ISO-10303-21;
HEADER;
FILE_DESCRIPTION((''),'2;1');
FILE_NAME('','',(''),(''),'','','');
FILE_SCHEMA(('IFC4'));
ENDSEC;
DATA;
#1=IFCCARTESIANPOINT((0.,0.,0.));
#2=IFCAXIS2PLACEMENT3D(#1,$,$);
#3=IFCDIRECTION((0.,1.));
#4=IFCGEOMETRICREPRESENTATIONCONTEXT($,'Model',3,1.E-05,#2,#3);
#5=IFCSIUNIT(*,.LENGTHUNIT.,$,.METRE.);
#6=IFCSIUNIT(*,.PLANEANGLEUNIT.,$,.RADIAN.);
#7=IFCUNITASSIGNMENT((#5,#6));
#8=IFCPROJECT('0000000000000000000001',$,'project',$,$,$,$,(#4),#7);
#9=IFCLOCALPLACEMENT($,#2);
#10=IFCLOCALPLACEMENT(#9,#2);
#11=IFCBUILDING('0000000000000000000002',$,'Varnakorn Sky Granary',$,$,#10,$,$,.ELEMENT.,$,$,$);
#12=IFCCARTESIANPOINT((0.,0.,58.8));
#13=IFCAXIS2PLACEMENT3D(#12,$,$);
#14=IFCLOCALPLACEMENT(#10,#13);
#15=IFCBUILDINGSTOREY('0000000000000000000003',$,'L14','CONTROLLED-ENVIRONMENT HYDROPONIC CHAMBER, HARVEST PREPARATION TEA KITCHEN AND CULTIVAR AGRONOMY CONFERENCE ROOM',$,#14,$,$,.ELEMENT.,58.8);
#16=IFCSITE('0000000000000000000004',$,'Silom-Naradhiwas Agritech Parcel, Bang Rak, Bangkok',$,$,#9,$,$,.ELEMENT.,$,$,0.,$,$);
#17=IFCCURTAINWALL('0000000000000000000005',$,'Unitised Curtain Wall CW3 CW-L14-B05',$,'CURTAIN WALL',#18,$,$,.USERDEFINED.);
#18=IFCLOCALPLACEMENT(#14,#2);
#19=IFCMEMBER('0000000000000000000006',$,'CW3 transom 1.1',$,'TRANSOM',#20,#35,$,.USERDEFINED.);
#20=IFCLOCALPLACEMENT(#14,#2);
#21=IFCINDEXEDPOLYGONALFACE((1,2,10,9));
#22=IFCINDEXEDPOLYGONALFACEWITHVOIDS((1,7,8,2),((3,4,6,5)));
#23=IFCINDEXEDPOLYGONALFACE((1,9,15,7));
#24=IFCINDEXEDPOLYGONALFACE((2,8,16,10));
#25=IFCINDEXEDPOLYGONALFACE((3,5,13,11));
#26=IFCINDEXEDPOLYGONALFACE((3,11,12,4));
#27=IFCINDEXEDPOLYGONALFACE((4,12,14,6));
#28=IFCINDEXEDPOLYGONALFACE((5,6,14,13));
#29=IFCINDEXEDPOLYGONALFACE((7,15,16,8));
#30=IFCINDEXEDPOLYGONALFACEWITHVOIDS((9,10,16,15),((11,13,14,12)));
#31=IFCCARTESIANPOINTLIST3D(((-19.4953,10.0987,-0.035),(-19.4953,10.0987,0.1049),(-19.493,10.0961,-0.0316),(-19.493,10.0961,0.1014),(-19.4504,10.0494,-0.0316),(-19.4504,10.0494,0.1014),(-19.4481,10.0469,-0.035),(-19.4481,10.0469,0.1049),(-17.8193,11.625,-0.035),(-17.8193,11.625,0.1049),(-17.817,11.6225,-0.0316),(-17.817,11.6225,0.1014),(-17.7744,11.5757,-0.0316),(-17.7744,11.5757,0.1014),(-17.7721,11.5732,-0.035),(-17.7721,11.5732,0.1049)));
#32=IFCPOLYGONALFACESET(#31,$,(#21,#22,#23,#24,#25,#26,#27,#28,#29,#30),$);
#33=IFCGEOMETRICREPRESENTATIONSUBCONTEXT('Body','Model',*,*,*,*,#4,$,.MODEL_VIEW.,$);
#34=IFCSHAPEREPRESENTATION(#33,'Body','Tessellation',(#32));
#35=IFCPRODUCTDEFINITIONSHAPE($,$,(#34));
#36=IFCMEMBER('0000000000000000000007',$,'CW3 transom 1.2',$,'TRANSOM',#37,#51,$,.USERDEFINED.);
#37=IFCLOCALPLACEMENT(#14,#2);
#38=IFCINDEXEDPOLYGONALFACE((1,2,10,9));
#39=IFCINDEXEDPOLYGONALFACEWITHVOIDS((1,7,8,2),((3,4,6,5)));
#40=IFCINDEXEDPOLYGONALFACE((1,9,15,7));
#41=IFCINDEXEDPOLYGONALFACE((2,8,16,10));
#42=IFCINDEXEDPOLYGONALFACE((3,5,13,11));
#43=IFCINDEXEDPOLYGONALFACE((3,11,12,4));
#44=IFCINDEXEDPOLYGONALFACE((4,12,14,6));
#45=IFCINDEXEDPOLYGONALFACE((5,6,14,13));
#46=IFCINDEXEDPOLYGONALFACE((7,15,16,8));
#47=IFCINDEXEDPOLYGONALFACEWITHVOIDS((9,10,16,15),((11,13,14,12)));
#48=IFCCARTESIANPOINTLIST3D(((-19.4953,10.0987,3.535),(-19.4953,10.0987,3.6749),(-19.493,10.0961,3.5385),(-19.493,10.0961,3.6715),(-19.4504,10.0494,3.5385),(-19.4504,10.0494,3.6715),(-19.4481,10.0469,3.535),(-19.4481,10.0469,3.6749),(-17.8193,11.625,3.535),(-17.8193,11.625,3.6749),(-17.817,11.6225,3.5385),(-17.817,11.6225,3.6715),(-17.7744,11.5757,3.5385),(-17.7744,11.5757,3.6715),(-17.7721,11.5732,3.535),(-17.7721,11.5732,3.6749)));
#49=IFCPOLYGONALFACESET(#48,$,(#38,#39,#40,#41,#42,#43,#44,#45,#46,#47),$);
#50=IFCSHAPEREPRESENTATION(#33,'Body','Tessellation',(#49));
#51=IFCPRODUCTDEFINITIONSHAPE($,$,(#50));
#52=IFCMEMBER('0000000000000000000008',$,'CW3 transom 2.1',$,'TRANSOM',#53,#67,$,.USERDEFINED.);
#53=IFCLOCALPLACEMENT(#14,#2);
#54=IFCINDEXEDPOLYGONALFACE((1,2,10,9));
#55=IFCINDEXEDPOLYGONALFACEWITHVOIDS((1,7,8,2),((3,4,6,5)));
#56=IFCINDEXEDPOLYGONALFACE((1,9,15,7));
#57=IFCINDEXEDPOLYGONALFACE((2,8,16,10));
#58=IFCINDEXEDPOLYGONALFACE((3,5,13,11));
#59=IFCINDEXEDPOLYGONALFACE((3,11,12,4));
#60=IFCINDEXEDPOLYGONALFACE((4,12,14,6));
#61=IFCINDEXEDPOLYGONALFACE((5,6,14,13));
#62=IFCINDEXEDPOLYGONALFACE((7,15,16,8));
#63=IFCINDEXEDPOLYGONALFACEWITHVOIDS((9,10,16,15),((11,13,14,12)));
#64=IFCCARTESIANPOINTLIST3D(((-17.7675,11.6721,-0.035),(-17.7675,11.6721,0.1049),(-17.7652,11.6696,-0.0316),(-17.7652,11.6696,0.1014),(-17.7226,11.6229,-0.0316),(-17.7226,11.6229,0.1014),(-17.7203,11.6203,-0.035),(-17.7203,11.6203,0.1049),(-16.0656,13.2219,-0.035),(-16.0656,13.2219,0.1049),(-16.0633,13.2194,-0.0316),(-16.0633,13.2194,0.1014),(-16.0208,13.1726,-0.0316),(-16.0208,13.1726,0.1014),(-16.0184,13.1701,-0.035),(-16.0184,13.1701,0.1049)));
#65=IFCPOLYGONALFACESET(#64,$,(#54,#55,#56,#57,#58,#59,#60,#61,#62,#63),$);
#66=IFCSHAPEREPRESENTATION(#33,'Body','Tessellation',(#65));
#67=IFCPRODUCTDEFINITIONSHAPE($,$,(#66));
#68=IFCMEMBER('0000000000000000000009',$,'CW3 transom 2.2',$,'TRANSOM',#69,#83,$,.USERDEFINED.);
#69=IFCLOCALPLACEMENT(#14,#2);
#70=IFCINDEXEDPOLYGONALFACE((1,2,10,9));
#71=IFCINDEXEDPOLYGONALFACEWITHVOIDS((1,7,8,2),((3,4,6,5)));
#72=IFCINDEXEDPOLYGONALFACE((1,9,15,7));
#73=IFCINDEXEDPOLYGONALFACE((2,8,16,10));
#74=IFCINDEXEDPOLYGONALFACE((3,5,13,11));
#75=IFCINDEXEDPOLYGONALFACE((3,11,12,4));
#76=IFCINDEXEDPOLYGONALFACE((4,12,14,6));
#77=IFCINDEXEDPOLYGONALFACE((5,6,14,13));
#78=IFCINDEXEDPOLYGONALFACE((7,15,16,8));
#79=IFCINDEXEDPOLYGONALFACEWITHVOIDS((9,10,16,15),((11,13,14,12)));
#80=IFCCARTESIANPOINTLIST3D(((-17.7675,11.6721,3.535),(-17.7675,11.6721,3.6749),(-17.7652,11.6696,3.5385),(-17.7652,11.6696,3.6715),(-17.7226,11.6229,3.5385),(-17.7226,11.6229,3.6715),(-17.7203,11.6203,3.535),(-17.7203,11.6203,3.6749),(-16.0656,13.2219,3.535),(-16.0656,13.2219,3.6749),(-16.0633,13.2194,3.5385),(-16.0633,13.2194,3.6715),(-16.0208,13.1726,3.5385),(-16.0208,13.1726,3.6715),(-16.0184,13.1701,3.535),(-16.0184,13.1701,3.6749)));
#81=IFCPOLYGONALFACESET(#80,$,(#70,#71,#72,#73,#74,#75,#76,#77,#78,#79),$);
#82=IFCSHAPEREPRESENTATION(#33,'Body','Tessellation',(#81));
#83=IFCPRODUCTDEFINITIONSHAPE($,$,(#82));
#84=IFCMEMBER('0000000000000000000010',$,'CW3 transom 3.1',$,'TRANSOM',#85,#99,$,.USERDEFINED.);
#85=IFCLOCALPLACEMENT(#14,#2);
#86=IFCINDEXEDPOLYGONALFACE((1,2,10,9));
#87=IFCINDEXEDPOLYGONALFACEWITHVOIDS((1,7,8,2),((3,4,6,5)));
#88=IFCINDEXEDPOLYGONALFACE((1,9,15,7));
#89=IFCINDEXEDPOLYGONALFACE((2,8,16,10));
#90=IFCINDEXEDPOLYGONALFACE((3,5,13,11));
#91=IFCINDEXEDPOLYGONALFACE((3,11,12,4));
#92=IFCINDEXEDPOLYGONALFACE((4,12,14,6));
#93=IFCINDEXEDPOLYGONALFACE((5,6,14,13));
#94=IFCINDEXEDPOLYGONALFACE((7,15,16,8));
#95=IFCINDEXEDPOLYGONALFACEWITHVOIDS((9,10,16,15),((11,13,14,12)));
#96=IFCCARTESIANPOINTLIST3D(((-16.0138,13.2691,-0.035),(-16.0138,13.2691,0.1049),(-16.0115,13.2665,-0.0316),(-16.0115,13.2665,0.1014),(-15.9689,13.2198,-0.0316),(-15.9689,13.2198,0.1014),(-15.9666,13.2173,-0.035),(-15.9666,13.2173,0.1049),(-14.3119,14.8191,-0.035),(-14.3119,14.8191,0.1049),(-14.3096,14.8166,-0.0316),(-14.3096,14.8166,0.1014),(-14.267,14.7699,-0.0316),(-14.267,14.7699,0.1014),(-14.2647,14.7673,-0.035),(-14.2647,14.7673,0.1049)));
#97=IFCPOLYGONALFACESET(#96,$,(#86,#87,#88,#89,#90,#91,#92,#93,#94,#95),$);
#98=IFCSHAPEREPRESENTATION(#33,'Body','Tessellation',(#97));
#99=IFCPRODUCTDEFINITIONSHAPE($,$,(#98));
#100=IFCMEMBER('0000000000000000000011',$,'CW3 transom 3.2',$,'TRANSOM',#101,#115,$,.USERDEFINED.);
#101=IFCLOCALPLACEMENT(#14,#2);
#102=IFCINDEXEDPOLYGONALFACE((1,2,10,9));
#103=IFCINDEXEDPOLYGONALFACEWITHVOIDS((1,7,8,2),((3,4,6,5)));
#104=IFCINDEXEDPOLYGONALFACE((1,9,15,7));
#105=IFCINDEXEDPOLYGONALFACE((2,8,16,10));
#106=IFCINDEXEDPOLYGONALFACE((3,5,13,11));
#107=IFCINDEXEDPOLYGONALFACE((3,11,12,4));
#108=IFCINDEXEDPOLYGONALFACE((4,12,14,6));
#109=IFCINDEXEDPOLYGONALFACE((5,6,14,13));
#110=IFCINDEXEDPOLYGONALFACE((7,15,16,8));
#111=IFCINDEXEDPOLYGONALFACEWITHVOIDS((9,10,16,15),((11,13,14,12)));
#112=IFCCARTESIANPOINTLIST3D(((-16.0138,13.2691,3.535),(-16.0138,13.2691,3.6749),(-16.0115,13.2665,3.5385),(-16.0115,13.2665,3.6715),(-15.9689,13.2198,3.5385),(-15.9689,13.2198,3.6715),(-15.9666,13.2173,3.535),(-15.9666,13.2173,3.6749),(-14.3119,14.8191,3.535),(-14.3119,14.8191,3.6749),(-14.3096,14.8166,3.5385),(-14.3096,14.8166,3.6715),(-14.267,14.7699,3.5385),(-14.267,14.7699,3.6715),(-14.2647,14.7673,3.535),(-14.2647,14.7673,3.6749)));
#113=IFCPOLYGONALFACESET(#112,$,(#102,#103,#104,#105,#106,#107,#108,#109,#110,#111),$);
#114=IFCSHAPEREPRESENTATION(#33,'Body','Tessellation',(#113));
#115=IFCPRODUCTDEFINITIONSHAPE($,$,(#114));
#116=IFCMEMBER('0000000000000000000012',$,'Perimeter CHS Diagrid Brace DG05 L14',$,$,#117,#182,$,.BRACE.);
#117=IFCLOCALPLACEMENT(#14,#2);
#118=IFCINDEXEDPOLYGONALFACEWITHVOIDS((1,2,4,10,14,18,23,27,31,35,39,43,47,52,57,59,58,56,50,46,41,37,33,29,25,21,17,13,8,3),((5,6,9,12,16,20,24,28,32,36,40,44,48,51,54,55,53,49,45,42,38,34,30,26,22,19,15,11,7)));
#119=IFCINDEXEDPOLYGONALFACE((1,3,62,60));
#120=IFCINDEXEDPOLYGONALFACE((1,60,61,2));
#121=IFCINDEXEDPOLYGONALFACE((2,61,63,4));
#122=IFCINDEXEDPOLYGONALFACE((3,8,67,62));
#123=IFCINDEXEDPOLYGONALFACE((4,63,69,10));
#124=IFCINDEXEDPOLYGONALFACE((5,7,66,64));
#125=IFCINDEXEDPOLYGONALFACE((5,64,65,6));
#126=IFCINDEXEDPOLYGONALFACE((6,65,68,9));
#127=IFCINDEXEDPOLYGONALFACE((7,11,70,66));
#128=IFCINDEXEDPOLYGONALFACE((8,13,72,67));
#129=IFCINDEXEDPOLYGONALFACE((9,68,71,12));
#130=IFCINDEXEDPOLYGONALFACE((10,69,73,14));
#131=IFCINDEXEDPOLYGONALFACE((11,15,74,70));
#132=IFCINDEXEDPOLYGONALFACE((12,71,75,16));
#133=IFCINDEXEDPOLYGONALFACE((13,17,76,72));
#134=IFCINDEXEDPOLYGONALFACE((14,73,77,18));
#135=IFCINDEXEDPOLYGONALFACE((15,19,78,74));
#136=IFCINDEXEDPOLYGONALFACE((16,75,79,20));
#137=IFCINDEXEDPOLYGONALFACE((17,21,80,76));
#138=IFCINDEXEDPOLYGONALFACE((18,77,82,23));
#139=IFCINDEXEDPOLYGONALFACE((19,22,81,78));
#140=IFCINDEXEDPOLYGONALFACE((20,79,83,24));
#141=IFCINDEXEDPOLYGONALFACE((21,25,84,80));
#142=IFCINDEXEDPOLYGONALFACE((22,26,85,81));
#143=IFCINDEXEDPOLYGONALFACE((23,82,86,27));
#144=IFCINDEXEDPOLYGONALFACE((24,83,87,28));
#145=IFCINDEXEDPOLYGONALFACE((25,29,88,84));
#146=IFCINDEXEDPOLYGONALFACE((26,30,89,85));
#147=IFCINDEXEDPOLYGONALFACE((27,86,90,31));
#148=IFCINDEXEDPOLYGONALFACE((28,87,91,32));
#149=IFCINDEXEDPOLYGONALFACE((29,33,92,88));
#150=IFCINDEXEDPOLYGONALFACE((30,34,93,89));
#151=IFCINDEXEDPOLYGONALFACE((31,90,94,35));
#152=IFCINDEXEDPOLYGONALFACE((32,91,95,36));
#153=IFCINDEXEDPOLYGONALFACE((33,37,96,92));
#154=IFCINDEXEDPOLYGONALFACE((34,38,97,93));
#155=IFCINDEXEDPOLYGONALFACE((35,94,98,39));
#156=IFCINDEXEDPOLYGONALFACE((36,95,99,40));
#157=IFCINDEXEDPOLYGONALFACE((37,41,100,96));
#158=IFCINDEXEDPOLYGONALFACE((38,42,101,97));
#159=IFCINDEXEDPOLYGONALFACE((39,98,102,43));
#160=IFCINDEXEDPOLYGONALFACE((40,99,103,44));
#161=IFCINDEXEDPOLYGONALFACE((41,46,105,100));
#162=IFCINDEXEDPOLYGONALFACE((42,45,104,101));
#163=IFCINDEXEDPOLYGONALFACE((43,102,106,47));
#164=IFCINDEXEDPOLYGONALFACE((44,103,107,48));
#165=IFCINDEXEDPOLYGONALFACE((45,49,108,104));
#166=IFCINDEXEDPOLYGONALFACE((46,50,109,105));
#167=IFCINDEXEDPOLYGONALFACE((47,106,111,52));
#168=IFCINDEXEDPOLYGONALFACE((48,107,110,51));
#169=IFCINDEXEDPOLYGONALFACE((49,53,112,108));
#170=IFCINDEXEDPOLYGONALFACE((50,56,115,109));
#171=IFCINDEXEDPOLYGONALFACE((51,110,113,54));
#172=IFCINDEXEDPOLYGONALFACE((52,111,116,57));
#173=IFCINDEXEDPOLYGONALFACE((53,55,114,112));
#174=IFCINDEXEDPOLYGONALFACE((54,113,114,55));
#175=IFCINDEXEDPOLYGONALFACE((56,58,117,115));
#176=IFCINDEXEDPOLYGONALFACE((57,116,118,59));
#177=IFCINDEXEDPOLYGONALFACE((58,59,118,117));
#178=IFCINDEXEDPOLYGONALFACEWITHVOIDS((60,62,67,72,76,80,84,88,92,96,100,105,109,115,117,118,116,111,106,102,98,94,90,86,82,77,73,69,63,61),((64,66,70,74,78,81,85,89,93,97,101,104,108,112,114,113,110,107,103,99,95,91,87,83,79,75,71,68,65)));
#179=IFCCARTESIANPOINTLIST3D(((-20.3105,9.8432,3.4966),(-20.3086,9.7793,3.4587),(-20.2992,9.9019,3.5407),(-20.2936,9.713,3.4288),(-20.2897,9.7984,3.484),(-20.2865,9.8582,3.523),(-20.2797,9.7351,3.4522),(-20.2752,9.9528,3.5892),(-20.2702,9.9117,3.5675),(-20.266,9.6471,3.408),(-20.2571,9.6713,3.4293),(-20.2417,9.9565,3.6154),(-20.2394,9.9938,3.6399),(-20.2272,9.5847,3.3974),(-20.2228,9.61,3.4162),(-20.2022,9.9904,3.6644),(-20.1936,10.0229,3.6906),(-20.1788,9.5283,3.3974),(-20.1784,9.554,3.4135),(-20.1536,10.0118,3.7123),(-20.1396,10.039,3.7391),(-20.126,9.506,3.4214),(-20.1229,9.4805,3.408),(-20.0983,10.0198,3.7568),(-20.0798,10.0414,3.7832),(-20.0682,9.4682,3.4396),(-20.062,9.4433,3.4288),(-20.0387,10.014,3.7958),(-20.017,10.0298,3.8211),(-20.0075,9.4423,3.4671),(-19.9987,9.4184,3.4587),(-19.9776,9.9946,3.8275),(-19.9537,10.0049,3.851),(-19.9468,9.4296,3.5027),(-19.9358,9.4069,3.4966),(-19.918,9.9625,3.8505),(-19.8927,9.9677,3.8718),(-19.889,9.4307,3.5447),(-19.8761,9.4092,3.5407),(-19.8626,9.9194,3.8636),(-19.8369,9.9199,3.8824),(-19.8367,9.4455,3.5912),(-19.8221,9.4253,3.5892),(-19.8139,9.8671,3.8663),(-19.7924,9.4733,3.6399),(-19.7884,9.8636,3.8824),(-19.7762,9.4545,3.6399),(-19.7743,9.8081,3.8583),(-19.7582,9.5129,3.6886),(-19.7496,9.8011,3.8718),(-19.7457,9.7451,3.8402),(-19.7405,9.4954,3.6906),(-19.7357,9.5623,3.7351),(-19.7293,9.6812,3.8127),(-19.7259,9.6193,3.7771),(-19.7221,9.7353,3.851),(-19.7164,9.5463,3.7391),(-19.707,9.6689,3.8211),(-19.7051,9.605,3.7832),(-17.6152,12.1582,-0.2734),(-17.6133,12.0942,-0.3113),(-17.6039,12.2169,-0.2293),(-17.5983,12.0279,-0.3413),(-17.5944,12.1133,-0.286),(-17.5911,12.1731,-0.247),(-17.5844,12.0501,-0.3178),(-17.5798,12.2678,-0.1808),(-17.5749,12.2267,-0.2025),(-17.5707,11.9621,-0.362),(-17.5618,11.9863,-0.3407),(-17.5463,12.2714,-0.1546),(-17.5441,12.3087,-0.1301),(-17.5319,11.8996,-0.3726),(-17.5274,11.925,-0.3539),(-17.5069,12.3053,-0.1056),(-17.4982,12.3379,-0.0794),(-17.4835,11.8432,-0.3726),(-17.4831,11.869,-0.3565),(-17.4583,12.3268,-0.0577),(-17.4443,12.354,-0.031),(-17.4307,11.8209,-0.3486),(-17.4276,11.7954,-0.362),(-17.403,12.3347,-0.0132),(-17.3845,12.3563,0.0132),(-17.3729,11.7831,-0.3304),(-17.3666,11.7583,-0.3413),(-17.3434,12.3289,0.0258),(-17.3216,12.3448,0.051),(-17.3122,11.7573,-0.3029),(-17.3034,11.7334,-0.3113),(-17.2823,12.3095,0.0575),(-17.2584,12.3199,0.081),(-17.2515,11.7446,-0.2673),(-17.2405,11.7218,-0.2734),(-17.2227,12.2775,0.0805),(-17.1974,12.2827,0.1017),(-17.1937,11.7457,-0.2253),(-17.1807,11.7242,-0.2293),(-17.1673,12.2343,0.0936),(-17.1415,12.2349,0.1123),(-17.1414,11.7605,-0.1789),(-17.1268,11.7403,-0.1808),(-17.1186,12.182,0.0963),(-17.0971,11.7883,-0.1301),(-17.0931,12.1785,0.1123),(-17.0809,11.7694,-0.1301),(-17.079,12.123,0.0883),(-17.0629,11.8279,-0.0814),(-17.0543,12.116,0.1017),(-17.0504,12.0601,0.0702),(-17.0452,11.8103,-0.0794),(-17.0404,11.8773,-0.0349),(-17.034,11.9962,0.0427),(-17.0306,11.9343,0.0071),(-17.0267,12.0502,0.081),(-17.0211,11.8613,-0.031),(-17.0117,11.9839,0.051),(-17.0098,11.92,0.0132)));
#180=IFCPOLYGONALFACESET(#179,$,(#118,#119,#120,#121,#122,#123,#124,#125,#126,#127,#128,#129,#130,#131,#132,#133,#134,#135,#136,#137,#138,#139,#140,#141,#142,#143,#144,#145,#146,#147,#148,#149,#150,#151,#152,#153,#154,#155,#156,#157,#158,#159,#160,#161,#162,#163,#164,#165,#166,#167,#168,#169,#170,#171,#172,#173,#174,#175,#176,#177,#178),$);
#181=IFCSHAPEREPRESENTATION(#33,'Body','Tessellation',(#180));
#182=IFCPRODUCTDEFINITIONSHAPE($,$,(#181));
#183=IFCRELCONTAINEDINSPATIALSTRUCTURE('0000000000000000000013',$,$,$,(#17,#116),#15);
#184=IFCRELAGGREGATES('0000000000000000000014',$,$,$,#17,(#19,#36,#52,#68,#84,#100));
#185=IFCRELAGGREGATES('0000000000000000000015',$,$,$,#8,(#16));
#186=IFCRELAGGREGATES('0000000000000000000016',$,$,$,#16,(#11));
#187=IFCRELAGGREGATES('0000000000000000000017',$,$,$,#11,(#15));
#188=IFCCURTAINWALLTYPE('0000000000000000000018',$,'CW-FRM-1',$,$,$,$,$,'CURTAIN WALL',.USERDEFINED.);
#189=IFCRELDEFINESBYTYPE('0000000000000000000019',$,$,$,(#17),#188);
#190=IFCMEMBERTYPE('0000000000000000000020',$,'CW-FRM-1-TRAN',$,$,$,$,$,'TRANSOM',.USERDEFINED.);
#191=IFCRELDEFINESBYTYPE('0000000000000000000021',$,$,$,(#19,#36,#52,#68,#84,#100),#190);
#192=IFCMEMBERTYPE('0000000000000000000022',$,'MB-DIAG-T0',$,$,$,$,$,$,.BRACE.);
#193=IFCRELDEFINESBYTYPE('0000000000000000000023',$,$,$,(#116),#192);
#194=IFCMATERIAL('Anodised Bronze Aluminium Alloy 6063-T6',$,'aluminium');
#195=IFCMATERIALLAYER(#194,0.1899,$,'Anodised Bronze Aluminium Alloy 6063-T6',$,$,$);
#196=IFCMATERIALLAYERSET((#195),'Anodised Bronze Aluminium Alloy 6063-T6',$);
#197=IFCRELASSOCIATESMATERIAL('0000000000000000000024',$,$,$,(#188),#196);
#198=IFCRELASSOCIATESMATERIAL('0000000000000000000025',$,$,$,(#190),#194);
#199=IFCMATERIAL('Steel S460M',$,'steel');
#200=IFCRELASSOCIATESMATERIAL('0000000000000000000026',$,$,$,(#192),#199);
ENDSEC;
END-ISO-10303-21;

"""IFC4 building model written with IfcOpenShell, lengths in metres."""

from ifc_helpers import new_model, si_unit, direction, frame, origin, origin_2d, place, context, subcontext, project, spatial, hollow_rectangle, hollow_circle, extrude, material, layer, layer_set, material_profile, profile_set, type_object, element, aggregate, save


model = new_model("IFC4")

# Units and contexts
model_context = context("Model", 3, precision=1e-05, world=origin(), true_north=direction((0.0, 1.0)))
body_context = subcontext(model_context, "Body", "Model", "MODEL_VIEW")
ifc_project = project(units=[si_unit("LENGTHUNIT", "METRE"), si_unit("PLANEANGLEUNIT", "RADIAN")], contexts=[model_context])

# Site, building, storey
site_placement = place(None, origin())
site = spatial("IfcSite", under=ifc_project, at=site_placement, Name="Silom-Naradhiwas Agritech Parcel, Bang Rak, Bangkok", CompositionType="ELEMENT", RefElevation=0.0)
building_placement = place(site_placement, origin())
building = spatial("IfcBuilding", under=site, at=building_placement, Name="Varnakorn Sky Granary", CompositionType="ELEMENT")
storey_placement = place(building_placement, frame((0.0, 0.0, 58.8)))
storey = spatial("IfcBuildingStorey", under=building, at=storey_placement, Name="L14", Description="CONTROLLED-ENVIRONMENT HYDROPONIC CHAMBER, HARVEST PREPARATION TEA KITCHEN AND CULTIVAR AGRONOMY CONFERENCE ROOM", CompositionType="ELEMENT", Elevation=58.8)

# Shared definitions
ifc_material_1 = material(Name="Steel S460M", Category="steel")

# Curtain wall, members
ifc_material_2 = material(Name="Anodised Bronze Aluminium Alloy 6063-T6", Category="aluminium")
ifc_layer_1 = layer(ifc_material_2, 0.1899, Name="Anodised Bronze Aluminium Alloy 6063-T6")
ifc_layer_set_1 = layer_set([ifc_layer_1], Name="Anodised Bronze Aluminium Alloy 6063-T6")
curtain_wall_type = type_object("IfcCurtainWallType", Name="CW-FRM-1", ElementType="CURTAIN WALL", PredefinedType="USERDEFINED", material=ifc_layer_set_1)
curtain_wall_placement = place(storey_placement, origin())
curtain_wall = element("IfcCurtainWall", 1, at=curtain_wall_placement, inside=storey, type_object=curtain_wall_type, Name="Unitised Curtain Wall CW3 CW-L14-B05", ObjectType="CURTAIN WALL", PredefinedType="USERDEFINED")
ifc_material_profile_1 = material_profile(ifc_material_2, hollow_rectangle(XDim=0.0701, YDim=0.1399, WallThickness=0.0034, at=origin_2d()), Name="ALU TRAN 70x140")
ifc_profile_set_1 = profile_set([ifc_material_profile_1], Name="Anodised Bronze Aluminium Alloy 6063-T6")
member_type_1 = type_object("IfcMemberType", Name="CW-FRM-1-TRAN", ElementType="TRANSOM", PredefinedType="USERDEFINED", material=ifc_profile_set_1)
member_1_placement = place(storey_placement, frame((-19.4717, 10.0728, 0.0349), z_axis=(0.739345, 0.673327, 0.0), x_axis=(-0.673327, 0.739345, 0.0)))
member_1 = element("IfcMember", 2, at=member_1_placement, type_object=member_type_1, Name="CW3 transom 1.1", ObjectType="TRANSOM", PredefinedType="USERDEFINED", context=body_context, shape_type="SweptSolid", body=[
    extrude(hollow_rectangle(XDim=0.0701, YDim=0.1399, WallThickness=0.0034, at=origin_2d()), origin(), (0.0, 0.0, 1.0), 2.2668),
])
member_2_placement = place(storey_placement, frame((-19.4717, 10.0728, 3.605), z_axis=(0.739345, 0.673327, 0.0), x_axis=(-0.673327, 0.739345, 0.0)))
member_2 = element("IfcMember", 3, at=member_2_placement, type_object=member_type_1, Name="CW3 transom 1.2", ObjectType="TRANSOM", PredefinedType="USERDEFINED", context=body_context, shape_type="SweptSolid", body=[
    extrude(hollow_rectangle(XDim=0.0701, YDim=0.1399, WallThickness=0.0034, at=origin_2d()), origin(), (0.0, 0.0, 1.0), 2.2668),
])
member_3_placement = place(storey_placement, frame((-17.7439, 11.6462, 0.0349), z_axis=(0.739373, 0.673296, 0.0), x_axis=(-0.673296, 0.739373, 0.0)))
member_3 = element("IfcMember", 4, at=member_3_placement, type_object=member_type_1, Name="CW3 transom 2.1", ObjectType="TRANSOM", PredefinedType="USERDEFINED", context=body_context, shape_type="SweptSolid", body=[
    extrude(hollow_rectangle(XDim=0.0701, YDim=0.1399, WallThickness=0.0034, at=origin_2d()), origin(), (0.0, 0.0, 1.0), 2.3018),
])
member_4_placement = place(storey_placement, frame((-17.7439, 11.6462, 3.605), z_axis=(0.739373, 0.673296, 0.0), x_axis=(-0.673296, 0.739373, 0.0)))
member_4 = element("IfcMember", 5, at=member_4_placement, type_object=member_type_1, Name="CW3 transom 2.2", ObjectType="TRANSOM", PredefinedType="USERDEFINED", context=body_context, shape_type="SweptSolid", body=[
    extrude(hollow_rectangle(XDim=0.0701, YDim=0.1399, WallThickness=0.0034, at=origin_2d()), origin(), (0.0, 0.0, 1.0), 2.3018),
])
member_5_placement = place(storey_placement, frame((-15.9902, 13.2432, 0.0349), z_axis=(0.739321, 0.673353, 0.0), x_axis=(-0.673353, 0.739321, 0.0)))
member_5 = element("IfcMember", 6, at=member_5_placement, type_object=member_type_1, Name="CW3 transom 3.1", ObjectType="TRANSOM", PredefinedType="USERDEFINED", context=body_context, shape_type="SweptSolid", body=[
    extrude(hollow_rectangle(XDim=0.0701, YDim=0.1399, WallThickness=0.0034, at=origin_2d()), origin(), (0.0, 0.0, 1.0), 2.302),
])
member_6_placement = place(storey_placement, frame((-15.9902, 13.2432, 3.605), z_axis=(0.739321, 0.673353, 0.0), x_axis=(-0.673353, 0.739321, 0.0)))
member_6 = element("IfcMember", 7, at=member_6_placement, type_object=member_type_1, Name="CW3 transom 3.2", ObjectType="TRANSOM", PredefinedType="USERDEFINED", context=body_context, shape_type="SweptSolid", body=[
    extrude(hollow_rectangle(XDim=0.0701, YDim=0.1399, WallThickness=0.0034, at=origin_2d()), origin(), (0.0, 0.0, 1.0), 2.302),
])

# Member
ifc_material_profile_2 = material_profile(ifc_material_1, hollow_circle(Radius=0.3555, WallThickness=0.0249, at=origin_2d()), Name="CHS 711x25")
ifc_profile_set_2 = profile_set([ifc_material_profile_2], Name="Steel S460M")
member_type_2 = type_object("IfcMemberType", Name="MB-DIAG-T0", PredefinedType="BRACE", material=ifc_profile_set_2)
member_7_placement = place(storey_placement, frame((-17.3125, 12.0391, -0.1301), z_axis=(-0.520289, -0.446864, 0.727745), x_axis=(0.651549, -0.758606, 0.0)))
element("IfcMember", 8, at=member_7_placement, inside=storey, type_object=member_type_2, Name="Perimeter CHS Diagrid Brace DG05 L14", PredefinedType="BRACE", context=body_context, shape_type="SweptSolid", body=[
    extrude(hollow_circle(Radius=0.3555, WallThickness=0.0249, at=origin_2d()), origin(), (0.0, 0.0, 1.0), 5.1804),
])

aggregate(curtain_wall, [member_1, member_2, member_3, member_4, member_5, member_6])

save(model, "model.ifc")
